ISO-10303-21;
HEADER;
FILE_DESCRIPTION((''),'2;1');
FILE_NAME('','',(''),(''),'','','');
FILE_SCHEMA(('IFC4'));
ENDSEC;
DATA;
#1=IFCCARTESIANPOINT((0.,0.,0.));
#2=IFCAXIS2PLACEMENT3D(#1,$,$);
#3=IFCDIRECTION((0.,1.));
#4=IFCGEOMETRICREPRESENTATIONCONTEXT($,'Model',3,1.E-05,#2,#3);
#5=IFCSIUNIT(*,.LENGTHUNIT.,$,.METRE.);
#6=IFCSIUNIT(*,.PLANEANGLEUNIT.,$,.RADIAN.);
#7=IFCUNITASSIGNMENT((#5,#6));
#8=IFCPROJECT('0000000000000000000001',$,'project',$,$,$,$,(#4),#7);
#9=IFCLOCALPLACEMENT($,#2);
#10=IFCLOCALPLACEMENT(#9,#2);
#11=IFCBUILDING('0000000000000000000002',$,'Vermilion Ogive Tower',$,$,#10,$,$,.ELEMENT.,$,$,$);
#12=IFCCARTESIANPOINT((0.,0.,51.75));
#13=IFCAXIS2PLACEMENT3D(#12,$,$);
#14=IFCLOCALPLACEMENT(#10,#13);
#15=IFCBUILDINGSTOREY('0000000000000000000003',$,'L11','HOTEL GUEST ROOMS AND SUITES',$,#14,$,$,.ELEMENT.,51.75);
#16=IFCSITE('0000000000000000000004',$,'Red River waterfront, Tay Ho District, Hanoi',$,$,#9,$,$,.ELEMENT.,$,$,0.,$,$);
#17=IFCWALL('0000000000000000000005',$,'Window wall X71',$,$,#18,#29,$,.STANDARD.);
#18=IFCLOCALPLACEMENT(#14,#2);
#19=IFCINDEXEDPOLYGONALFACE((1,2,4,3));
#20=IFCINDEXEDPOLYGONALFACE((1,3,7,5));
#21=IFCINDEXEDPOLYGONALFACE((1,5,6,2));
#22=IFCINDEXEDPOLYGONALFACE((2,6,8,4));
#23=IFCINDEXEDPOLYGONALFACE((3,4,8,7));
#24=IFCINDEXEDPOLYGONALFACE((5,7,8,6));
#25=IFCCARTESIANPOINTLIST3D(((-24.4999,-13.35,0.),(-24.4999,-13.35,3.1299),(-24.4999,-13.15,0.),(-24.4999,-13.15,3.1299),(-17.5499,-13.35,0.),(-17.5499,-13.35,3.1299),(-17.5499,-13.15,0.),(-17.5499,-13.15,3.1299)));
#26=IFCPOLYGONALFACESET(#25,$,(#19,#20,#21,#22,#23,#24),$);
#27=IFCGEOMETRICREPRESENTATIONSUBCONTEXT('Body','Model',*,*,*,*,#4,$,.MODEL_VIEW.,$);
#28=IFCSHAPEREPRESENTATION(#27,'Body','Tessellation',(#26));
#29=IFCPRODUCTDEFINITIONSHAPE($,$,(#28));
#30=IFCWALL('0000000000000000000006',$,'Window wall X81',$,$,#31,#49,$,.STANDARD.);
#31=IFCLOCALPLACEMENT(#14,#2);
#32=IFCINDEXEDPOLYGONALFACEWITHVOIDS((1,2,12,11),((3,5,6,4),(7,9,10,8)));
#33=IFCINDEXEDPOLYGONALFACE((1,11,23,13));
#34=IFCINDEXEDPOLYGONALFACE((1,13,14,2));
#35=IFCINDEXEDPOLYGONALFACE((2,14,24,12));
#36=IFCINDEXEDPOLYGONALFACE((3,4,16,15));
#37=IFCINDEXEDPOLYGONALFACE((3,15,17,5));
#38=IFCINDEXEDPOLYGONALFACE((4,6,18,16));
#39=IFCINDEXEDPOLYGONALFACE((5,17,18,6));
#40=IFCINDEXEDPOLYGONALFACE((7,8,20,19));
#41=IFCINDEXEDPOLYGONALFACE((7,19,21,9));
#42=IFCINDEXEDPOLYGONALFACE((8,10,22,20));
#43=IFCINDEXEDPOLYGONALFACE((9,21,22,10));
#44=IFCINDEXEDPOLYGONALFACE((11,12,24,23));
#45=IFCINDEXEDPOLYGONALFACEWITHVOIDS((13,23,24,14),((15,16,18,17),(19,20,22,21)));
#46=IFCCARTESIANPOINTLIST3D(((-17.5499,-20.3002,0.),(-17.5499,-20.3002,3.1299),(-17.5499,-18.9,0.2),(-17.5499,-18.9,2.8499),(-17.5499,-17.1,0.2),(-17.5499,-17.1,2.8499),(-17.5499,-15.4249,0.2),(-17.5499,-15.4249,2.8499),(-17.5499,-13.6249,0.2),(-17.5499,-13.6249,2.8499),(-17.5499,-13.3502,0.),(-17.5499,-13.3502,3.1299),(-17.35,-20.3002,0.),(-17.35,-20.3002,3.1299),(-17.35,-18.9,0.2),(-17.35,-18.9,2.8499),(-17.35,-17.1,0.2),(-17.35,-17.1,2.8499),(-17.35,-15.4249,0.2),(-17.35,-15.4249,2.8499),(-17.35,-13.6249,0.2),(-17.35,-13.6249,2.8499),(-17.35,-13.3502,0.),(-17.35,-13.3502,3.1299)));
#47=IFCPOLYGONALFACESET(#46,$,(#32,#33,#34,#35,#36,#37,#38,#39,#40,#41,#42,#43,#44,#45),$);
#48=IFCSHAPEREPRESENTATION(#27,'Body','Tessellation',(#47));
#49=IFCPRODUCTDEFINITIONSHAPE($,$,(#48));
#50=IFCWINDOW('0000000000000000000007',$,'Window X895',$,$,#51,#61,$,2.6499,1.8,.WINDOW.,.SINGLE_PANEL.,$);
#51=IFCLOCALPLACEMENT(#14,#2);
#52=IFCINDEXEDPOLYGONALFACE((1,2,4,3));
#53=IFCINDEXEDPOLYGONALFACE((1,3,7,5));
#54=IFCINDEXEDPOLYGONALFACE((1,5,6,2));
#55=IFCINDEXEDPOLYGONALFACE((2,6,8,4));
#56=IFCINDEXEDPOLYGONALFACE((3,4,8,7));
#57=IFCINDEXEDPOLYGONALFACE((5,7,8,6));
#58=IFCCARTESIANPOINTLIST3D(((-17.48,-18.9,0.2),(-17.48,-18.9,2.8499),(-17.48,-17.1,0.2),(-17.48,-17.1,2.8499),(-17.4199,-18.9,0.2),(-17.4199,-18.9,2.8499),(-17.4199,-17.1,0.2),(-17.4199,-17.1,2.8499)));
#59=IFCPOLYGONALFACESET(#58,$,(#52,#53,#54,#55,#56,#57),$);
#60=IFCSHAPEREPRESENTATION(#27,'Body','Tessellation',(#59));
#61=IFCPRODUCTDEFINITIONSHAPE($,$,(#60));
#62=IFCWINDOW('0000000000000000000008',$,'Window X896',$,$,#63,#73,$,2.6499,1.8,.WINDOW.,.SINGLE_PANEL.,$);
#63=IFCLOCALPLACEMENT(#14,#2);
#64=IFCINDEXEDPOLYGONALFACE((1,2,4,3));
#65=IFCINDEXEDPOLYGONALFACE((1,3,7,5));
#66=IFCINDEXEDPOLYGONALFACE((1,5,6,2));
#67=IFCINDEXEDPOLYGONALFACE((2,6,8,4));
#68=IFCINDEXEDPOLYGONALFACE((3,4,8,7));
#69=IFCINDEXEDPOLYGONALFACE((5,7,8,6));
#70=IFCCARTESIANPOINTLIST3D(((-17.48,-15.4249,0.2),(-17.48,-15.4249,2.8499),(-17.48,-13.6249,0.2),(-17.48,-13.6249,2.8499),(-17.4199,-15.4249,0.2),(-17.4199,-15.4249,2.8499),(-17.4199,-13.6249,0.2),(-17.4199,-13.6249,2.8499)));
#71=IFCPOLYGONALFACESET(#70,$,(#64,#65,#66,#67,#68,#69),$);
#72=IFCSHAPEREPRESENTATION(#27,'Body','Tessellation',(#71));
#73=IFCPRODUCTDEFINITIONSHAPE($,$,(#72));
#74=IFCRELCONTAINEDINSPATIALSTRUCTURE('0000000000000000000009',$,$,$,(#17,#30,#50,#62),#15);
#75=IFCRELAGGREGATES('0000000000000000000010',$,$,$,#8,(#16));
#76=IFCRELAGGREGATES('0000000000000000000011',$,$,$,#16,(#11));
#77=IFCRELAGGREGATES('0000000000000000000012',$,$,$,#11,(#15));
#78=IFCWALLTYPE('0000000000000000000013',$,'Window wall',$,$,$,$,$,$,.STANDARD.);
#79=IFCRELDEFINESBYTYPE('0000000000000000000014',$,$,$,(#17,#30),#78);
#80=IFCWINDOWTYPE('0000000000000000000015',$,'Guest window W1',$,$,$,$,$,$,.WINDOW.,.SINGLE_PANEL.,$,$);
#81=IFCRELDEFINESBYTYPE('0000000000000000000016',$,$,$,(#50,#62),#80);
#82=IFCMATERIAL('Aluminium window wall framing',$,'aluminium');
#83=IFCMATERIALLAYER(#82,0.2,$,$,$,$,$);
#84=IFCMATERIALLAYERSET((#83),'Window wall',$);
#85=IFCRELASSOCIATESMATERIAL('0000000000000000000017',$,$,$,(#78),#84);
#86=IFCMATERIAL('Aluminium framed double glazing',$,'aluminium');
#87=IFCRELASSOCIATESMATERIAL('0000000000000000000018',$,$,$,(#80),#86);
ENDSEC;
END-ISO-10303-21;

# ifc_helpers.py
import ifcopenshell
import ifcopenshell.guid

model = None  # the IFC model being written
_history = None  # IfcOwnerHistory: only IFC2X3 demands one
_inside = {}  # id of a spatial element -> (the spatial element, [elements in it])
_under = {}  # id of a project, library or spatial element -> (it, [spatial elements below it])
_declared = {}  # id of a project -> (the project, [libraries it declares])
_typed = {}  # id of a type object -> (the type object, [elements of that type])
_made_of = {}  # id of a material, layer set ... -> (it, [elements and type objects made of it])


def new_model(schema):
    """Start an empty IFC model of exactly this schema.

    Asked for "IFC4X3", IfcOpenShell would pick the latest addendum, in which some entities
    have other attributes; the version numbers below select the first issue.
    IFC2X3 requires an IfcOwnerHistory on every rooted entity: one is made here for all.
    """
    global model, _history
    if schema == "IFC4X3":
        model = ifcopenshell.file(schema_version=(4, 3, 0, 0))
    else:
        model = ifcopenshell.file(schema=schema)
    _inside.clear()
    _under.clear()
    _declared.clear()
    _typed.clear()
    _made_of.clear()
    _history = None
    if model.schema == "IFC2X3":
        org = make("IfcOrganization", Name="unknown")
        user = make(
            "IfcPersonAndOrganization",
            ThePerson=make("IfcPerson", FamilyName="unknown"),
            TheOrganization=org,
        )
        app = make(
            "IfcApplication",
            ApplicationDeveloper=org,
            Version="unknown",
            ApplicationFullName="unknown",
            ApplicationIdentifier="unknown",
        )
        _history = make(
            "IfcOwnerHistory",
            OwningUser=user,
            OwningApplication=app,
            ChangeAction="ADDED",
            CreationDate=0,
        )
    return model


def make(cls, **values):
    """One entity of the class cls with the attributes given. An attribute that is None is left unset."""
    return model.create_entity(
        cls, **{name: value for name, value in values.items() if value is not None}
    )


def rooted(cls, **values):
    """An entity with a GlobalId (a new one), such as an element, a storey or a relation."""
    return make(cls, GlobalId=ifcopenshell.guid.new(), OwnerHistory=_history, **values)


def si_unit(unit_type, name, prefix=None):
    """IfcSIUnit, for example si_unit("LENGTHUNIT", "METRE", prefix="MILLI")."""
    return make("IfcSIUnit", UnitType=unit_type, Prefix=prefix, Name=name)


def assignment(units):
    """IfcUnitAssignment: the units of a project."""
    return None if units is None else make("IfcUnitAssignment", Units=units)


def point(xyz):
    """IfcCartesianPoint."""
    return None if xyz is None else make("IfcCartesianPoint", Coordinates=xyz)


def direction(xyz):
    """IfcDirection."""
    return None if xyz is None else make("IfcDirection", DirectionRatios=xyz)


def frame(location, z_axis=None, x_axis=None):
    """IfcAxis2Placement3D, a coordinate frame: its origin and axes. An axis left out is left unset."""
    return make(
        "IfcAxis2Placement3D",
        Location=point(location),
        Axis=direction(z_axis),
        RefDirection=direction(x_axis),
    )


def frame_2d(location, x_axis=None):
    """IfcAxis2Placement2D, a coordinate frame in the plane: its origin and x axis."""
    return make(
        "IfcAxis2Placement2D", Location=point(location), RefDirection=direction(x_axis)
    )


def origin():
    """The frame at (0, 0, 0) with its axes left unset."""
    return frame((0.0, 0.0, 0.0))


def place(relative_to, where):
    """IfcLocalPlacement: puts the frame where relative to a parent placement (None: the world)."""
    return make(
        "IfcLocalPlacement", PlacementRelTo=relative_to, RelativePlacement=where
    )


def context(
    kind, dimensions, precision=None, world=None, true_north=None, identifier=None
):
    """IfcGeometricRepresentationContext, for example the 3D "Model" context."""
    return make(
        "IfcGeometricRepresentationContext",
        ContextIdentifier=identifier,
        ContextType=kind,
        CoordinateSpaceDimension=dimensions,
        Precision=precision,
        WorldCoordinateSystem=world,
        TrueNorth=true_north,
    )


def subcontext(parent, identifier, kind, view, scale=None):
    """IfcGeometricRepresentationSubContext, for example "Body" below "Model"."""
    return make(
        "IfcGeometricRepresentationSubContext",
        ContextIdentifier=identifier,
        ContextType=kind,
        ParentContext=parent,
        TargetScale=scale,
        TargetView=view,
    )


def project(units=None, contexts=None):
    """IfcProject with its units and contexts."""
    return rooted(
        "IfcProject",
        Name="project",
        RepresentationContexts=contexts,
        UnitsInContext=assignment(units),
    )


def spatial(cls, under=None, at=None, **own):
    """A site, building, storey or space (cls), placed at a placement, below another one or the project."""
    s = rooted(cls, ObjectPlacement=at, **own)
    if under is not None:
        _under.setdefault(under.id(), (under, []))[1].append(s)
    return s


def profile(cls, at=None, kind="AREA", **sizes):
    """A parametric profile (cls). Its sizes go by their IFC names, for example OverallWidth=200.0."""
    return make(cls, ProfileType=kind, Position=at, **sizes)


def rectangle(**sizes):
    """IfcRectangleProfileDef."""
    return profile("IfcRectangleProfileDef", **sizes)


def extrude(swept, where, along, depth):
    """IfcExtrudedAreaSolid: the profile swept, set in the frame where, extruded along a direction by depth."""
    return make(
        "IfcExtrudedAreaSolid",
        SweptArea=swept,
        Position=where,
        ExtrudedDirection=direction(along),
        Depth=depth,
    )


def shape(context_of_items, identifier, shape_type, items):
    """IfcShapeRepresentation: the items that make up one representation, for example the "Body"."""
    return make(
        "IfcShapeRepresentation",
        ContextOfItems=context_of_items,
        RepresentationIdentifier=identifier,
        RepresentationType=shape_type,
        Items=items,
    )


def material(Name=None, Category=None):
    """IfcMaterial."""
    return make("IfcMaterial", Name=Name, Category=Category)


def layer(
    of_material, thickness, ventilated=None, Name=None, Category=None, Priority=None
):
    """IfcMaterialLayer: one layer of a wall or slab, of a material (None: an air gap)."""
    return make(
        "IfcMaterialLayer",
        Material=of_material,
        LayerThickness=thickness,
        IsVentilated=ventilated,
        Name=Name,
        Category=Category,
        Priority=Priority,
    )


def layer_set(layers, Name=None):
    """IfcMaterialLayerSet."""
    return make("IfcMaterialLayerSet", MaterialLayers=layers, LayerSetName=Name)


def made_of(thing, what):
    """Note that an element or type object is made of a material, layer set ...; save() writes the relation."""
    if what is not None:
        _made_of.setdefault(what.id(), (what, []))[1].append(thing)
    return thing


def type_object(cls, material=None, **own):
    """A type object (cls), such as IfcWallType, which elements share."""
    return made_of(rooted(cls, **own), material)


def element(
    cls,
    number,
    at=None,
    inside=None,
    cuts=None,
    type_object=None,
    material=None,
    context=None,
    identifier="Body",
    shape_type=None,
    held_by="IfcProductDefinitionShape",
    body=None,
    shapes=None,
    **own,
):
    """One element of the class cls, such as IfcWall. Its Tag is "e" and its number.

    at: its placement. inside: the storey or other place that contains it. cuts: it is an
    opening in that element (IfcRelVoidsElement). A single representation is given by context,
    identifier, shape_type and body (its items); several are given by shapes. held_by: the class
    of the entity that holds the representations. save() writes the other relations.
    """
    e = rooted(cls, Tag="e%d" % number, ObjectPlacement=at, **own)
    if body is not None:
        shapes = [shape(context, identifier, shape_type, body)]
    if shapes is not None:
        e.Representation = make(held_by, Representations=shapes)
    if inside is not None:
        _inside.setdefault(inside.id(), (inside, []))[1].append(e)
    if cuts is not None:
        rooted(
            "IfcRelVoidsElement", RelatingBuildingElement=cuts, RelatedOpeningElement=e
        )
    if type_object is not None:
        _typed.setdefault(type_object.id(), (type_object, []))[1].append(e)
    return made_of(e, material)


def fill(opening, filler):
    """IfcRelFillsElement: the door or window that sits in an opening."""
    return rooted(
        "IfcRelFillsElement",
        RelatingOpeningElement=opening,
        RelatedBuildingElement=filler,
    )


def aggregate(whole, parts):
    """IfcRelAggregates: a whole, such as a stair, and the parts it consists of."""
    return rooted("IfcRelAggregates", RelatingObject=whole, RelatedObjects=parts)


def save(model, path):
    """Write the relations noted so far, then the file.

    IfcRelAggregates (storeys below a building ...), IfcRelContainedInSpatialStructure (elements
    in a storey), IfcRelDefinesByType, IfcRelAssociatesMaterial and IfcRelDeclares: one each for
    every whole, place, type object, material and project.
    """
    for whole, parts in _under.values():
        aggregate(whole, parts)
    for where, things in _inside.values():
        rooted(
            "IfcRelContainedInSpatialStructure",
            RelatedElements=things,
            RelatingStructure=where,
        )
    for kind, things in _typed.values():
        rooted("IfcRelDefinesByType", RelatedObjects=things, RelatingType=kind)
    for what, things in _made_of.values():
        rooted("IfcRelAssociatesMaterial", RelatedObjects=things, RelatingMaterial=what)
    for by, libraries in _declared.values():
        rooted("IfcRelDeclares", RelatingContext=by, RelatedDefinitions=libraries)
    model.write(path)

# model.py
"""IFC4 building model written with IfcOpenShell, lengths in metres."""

from ifc_helpers import new_model, si_unit, direction, frame, frame_2d, origin, place, context, subcontext, project, spatial, rectangle, extrude, material, layer, layer_set, type_object, element, fill, save


model = new_model("IFC4")

# Units and contexts
model_context = context("Model", 3, precision=1e-05, world=origin(), true_north=direction((0.0, 1.0)))
body_context = subcontext(model_context, "Body", "Model", "MODEL_VIEW")
ifc_project = project(units=[si_unit("LENGTHUNIT", "METRE"), si_unit("PLANEANGLEUNIT", "RADIAN")], contexts=[model_context])

# Site, building, storey
site_placement = place(None, origin())
site = spatial("IfcSite", under=ifc_project, at=site_placement, Name="Red River waterfront, Tay Ho District, Hanoi", CompositionType="ELEMENT", RefElevation=0.0)
building_placement = place(site_placement, origin())
building = spatial("IfcBuilding", under=site, at=building_placement, Name="Vermilion Ogive Tower", CompositionType="ELEMENT")
storey_placement = place(building_placement, frame((0.0, 0.0, 51.75)))
storey = spatial("IfcBuildingStorey", under=building, at=storey_placement, Name="L11", Description="HOTEL GUEST ROOMS AND SUITES", CompositionType="ELEMENT", Elevation=51.75)

# Wall
ifc_material_1 = material(Name="Aluminium window wall framing", Category="aluminium")
ifc_layer_1 = layer(ifc_material_1, 0.2)
ifc_layer_set_1 = layer_set([ifc_layer_1], Name="Window wall")
wall_type_1 = type_object("IfcWallType", Name="Window wall", PredefinedType="STANDARD", material=ifc_layer_set_1)
wall_1_placement = place(storey_placement, frame((-24.5, -13.25, 0.0), z_axis=(0.0, 0.0, 1.0), x_axis=(1.0, 0.0, 0.0)))
element("IfcWall", 1, at=wall_1_placement, inside=storey, type_object=wall_type_1, Name="Window wall X71", PredefinedType="STANDARD", context=body_context, shape_type="SweptSolid", body=[
    extrude(rectangle(XDim=6.95, YDim=0.2, at=frame_2d((3.4751, 0.0))), origin(), (0.0, 0.0, 1.0), 3.1299),
])

# Wall, openings, windows
wall_2_placement = place(storey_placement, frame((-17.45, -13.3501, 0.0), z_axis=(0.0, 0.0, 1.0), x_axis=(0.0, -1.0, 0.0)))
wall_2 = element("IfcWall", 2, at=wall_2_placement, inside=storey, type_object=wall_type_1, Name="Window wall X81", PredefinedType="STANDARD", context=body_context, shape_type="SweptSolid", body=[
    extrude(rectangle(XDim=6.95, YDim=0.2, at=frame_2d((3.4751, 0.0))), origin(), (0.0, 0.0, 1.0), 3.1299),
])
opening_1_placement = place(wall_2_placement, frame((3.75, 0.0, 0.2)))
opening_1 = element("IfcOpeningElement", 3, at=opening_1_placement, cuts=wall_2, PredefinedType="OPENING", context=body_context, shape_type="SweptSolid", body=[
    extrude(rectangle(XDim=1.8, YDim=2.6499, at=frame_2d((0.8999, 1.325))), frame((0.0, 0.1099, 0.0), z_axis=(0.0, -1.0, 0.0), x_axis=(1.0, 0.0, 0.0)), (0.0, 0.0, 1.0), 0.22),
])
opening_2_placement = place(wall_2_placement, frame((0.2749, 0.0, 0.2)))
opening_2 = element("IfcOpeningElement", 4, at=opening_2_placement, cuts=wall_2, PredefinedType="OPENING", context=body_context, shape_type="SweptSolid", body=[
    extrude(rectangle(XDim=1.8, YDim=2.6499, at=frame_2d((0.8999, 1.325))), frame((0.0, 0.1099, 0.0), z_axis=(0.0, -1.0, 0.0), x_axis=(1.0, 0.0, 0.0)), (0.0, 0.0, 1.0), 0.22),
])
ifc_material_2 = material(Name="Aluminium framed double glazing", Category="aluminium")
window_type = type_object("IfcWindowType", Name="Guest window W1", PartitioningType="SINGLE_PANEL", PredefinedType="WINDOW", material=ifc_material_2)
window_1_placement = place(opening_1_placement, origin())
window_1 = element("IfcWindow", 5, at=window_1_placement, inside=storey, type_object=window_type, Name="Window X895", OverallHeight=2.6499, OverallWidth=1.8, PartitioningType="SINGLE_PANEL", PredefinedType="WINDOW", context=body_context, shape_type="SweptSolid", body=[
    extrude(rectangle(XDim=1.8, YDim=2.6499, at=frame_2d((0.8999, 1.325))), frame((0.0, 0.03, 0.0), z_axis=(0.0, -1.0, 0.0), x_axis=(1.0, 0.0, 0.0)), (0.0, 0.0, 1.0), 0.0601),
])
fill(opening_1, window_1)
window_2_placement = place(opening_2_placement, origin())
window_2 = element("IfcWindow", 6, at=window_2_placement, inside=storey, type_object=window_type, Name="Window X896", OverallHeight=2.6499, OverallWidth=1.8, PartitioningType="SINGLE_PANEL", PredefinedType="WINDOW", context=body_context, shape_type="SweptSolid", body=[
    extrude(rectangle(XDim=1.8, YDim=2.6499, at=frame_2d((0.8999, 1.325))), frame((0.0, 0.03, 0.0), z_axis=(0.0, -1.0, 0.0), x_axis=(1.0, 0.0, 0.0)), (0.0, 0.0, 1.0), 0.0601),
])
fill(opening_2, window_2)

save(model, "model.ifc")
